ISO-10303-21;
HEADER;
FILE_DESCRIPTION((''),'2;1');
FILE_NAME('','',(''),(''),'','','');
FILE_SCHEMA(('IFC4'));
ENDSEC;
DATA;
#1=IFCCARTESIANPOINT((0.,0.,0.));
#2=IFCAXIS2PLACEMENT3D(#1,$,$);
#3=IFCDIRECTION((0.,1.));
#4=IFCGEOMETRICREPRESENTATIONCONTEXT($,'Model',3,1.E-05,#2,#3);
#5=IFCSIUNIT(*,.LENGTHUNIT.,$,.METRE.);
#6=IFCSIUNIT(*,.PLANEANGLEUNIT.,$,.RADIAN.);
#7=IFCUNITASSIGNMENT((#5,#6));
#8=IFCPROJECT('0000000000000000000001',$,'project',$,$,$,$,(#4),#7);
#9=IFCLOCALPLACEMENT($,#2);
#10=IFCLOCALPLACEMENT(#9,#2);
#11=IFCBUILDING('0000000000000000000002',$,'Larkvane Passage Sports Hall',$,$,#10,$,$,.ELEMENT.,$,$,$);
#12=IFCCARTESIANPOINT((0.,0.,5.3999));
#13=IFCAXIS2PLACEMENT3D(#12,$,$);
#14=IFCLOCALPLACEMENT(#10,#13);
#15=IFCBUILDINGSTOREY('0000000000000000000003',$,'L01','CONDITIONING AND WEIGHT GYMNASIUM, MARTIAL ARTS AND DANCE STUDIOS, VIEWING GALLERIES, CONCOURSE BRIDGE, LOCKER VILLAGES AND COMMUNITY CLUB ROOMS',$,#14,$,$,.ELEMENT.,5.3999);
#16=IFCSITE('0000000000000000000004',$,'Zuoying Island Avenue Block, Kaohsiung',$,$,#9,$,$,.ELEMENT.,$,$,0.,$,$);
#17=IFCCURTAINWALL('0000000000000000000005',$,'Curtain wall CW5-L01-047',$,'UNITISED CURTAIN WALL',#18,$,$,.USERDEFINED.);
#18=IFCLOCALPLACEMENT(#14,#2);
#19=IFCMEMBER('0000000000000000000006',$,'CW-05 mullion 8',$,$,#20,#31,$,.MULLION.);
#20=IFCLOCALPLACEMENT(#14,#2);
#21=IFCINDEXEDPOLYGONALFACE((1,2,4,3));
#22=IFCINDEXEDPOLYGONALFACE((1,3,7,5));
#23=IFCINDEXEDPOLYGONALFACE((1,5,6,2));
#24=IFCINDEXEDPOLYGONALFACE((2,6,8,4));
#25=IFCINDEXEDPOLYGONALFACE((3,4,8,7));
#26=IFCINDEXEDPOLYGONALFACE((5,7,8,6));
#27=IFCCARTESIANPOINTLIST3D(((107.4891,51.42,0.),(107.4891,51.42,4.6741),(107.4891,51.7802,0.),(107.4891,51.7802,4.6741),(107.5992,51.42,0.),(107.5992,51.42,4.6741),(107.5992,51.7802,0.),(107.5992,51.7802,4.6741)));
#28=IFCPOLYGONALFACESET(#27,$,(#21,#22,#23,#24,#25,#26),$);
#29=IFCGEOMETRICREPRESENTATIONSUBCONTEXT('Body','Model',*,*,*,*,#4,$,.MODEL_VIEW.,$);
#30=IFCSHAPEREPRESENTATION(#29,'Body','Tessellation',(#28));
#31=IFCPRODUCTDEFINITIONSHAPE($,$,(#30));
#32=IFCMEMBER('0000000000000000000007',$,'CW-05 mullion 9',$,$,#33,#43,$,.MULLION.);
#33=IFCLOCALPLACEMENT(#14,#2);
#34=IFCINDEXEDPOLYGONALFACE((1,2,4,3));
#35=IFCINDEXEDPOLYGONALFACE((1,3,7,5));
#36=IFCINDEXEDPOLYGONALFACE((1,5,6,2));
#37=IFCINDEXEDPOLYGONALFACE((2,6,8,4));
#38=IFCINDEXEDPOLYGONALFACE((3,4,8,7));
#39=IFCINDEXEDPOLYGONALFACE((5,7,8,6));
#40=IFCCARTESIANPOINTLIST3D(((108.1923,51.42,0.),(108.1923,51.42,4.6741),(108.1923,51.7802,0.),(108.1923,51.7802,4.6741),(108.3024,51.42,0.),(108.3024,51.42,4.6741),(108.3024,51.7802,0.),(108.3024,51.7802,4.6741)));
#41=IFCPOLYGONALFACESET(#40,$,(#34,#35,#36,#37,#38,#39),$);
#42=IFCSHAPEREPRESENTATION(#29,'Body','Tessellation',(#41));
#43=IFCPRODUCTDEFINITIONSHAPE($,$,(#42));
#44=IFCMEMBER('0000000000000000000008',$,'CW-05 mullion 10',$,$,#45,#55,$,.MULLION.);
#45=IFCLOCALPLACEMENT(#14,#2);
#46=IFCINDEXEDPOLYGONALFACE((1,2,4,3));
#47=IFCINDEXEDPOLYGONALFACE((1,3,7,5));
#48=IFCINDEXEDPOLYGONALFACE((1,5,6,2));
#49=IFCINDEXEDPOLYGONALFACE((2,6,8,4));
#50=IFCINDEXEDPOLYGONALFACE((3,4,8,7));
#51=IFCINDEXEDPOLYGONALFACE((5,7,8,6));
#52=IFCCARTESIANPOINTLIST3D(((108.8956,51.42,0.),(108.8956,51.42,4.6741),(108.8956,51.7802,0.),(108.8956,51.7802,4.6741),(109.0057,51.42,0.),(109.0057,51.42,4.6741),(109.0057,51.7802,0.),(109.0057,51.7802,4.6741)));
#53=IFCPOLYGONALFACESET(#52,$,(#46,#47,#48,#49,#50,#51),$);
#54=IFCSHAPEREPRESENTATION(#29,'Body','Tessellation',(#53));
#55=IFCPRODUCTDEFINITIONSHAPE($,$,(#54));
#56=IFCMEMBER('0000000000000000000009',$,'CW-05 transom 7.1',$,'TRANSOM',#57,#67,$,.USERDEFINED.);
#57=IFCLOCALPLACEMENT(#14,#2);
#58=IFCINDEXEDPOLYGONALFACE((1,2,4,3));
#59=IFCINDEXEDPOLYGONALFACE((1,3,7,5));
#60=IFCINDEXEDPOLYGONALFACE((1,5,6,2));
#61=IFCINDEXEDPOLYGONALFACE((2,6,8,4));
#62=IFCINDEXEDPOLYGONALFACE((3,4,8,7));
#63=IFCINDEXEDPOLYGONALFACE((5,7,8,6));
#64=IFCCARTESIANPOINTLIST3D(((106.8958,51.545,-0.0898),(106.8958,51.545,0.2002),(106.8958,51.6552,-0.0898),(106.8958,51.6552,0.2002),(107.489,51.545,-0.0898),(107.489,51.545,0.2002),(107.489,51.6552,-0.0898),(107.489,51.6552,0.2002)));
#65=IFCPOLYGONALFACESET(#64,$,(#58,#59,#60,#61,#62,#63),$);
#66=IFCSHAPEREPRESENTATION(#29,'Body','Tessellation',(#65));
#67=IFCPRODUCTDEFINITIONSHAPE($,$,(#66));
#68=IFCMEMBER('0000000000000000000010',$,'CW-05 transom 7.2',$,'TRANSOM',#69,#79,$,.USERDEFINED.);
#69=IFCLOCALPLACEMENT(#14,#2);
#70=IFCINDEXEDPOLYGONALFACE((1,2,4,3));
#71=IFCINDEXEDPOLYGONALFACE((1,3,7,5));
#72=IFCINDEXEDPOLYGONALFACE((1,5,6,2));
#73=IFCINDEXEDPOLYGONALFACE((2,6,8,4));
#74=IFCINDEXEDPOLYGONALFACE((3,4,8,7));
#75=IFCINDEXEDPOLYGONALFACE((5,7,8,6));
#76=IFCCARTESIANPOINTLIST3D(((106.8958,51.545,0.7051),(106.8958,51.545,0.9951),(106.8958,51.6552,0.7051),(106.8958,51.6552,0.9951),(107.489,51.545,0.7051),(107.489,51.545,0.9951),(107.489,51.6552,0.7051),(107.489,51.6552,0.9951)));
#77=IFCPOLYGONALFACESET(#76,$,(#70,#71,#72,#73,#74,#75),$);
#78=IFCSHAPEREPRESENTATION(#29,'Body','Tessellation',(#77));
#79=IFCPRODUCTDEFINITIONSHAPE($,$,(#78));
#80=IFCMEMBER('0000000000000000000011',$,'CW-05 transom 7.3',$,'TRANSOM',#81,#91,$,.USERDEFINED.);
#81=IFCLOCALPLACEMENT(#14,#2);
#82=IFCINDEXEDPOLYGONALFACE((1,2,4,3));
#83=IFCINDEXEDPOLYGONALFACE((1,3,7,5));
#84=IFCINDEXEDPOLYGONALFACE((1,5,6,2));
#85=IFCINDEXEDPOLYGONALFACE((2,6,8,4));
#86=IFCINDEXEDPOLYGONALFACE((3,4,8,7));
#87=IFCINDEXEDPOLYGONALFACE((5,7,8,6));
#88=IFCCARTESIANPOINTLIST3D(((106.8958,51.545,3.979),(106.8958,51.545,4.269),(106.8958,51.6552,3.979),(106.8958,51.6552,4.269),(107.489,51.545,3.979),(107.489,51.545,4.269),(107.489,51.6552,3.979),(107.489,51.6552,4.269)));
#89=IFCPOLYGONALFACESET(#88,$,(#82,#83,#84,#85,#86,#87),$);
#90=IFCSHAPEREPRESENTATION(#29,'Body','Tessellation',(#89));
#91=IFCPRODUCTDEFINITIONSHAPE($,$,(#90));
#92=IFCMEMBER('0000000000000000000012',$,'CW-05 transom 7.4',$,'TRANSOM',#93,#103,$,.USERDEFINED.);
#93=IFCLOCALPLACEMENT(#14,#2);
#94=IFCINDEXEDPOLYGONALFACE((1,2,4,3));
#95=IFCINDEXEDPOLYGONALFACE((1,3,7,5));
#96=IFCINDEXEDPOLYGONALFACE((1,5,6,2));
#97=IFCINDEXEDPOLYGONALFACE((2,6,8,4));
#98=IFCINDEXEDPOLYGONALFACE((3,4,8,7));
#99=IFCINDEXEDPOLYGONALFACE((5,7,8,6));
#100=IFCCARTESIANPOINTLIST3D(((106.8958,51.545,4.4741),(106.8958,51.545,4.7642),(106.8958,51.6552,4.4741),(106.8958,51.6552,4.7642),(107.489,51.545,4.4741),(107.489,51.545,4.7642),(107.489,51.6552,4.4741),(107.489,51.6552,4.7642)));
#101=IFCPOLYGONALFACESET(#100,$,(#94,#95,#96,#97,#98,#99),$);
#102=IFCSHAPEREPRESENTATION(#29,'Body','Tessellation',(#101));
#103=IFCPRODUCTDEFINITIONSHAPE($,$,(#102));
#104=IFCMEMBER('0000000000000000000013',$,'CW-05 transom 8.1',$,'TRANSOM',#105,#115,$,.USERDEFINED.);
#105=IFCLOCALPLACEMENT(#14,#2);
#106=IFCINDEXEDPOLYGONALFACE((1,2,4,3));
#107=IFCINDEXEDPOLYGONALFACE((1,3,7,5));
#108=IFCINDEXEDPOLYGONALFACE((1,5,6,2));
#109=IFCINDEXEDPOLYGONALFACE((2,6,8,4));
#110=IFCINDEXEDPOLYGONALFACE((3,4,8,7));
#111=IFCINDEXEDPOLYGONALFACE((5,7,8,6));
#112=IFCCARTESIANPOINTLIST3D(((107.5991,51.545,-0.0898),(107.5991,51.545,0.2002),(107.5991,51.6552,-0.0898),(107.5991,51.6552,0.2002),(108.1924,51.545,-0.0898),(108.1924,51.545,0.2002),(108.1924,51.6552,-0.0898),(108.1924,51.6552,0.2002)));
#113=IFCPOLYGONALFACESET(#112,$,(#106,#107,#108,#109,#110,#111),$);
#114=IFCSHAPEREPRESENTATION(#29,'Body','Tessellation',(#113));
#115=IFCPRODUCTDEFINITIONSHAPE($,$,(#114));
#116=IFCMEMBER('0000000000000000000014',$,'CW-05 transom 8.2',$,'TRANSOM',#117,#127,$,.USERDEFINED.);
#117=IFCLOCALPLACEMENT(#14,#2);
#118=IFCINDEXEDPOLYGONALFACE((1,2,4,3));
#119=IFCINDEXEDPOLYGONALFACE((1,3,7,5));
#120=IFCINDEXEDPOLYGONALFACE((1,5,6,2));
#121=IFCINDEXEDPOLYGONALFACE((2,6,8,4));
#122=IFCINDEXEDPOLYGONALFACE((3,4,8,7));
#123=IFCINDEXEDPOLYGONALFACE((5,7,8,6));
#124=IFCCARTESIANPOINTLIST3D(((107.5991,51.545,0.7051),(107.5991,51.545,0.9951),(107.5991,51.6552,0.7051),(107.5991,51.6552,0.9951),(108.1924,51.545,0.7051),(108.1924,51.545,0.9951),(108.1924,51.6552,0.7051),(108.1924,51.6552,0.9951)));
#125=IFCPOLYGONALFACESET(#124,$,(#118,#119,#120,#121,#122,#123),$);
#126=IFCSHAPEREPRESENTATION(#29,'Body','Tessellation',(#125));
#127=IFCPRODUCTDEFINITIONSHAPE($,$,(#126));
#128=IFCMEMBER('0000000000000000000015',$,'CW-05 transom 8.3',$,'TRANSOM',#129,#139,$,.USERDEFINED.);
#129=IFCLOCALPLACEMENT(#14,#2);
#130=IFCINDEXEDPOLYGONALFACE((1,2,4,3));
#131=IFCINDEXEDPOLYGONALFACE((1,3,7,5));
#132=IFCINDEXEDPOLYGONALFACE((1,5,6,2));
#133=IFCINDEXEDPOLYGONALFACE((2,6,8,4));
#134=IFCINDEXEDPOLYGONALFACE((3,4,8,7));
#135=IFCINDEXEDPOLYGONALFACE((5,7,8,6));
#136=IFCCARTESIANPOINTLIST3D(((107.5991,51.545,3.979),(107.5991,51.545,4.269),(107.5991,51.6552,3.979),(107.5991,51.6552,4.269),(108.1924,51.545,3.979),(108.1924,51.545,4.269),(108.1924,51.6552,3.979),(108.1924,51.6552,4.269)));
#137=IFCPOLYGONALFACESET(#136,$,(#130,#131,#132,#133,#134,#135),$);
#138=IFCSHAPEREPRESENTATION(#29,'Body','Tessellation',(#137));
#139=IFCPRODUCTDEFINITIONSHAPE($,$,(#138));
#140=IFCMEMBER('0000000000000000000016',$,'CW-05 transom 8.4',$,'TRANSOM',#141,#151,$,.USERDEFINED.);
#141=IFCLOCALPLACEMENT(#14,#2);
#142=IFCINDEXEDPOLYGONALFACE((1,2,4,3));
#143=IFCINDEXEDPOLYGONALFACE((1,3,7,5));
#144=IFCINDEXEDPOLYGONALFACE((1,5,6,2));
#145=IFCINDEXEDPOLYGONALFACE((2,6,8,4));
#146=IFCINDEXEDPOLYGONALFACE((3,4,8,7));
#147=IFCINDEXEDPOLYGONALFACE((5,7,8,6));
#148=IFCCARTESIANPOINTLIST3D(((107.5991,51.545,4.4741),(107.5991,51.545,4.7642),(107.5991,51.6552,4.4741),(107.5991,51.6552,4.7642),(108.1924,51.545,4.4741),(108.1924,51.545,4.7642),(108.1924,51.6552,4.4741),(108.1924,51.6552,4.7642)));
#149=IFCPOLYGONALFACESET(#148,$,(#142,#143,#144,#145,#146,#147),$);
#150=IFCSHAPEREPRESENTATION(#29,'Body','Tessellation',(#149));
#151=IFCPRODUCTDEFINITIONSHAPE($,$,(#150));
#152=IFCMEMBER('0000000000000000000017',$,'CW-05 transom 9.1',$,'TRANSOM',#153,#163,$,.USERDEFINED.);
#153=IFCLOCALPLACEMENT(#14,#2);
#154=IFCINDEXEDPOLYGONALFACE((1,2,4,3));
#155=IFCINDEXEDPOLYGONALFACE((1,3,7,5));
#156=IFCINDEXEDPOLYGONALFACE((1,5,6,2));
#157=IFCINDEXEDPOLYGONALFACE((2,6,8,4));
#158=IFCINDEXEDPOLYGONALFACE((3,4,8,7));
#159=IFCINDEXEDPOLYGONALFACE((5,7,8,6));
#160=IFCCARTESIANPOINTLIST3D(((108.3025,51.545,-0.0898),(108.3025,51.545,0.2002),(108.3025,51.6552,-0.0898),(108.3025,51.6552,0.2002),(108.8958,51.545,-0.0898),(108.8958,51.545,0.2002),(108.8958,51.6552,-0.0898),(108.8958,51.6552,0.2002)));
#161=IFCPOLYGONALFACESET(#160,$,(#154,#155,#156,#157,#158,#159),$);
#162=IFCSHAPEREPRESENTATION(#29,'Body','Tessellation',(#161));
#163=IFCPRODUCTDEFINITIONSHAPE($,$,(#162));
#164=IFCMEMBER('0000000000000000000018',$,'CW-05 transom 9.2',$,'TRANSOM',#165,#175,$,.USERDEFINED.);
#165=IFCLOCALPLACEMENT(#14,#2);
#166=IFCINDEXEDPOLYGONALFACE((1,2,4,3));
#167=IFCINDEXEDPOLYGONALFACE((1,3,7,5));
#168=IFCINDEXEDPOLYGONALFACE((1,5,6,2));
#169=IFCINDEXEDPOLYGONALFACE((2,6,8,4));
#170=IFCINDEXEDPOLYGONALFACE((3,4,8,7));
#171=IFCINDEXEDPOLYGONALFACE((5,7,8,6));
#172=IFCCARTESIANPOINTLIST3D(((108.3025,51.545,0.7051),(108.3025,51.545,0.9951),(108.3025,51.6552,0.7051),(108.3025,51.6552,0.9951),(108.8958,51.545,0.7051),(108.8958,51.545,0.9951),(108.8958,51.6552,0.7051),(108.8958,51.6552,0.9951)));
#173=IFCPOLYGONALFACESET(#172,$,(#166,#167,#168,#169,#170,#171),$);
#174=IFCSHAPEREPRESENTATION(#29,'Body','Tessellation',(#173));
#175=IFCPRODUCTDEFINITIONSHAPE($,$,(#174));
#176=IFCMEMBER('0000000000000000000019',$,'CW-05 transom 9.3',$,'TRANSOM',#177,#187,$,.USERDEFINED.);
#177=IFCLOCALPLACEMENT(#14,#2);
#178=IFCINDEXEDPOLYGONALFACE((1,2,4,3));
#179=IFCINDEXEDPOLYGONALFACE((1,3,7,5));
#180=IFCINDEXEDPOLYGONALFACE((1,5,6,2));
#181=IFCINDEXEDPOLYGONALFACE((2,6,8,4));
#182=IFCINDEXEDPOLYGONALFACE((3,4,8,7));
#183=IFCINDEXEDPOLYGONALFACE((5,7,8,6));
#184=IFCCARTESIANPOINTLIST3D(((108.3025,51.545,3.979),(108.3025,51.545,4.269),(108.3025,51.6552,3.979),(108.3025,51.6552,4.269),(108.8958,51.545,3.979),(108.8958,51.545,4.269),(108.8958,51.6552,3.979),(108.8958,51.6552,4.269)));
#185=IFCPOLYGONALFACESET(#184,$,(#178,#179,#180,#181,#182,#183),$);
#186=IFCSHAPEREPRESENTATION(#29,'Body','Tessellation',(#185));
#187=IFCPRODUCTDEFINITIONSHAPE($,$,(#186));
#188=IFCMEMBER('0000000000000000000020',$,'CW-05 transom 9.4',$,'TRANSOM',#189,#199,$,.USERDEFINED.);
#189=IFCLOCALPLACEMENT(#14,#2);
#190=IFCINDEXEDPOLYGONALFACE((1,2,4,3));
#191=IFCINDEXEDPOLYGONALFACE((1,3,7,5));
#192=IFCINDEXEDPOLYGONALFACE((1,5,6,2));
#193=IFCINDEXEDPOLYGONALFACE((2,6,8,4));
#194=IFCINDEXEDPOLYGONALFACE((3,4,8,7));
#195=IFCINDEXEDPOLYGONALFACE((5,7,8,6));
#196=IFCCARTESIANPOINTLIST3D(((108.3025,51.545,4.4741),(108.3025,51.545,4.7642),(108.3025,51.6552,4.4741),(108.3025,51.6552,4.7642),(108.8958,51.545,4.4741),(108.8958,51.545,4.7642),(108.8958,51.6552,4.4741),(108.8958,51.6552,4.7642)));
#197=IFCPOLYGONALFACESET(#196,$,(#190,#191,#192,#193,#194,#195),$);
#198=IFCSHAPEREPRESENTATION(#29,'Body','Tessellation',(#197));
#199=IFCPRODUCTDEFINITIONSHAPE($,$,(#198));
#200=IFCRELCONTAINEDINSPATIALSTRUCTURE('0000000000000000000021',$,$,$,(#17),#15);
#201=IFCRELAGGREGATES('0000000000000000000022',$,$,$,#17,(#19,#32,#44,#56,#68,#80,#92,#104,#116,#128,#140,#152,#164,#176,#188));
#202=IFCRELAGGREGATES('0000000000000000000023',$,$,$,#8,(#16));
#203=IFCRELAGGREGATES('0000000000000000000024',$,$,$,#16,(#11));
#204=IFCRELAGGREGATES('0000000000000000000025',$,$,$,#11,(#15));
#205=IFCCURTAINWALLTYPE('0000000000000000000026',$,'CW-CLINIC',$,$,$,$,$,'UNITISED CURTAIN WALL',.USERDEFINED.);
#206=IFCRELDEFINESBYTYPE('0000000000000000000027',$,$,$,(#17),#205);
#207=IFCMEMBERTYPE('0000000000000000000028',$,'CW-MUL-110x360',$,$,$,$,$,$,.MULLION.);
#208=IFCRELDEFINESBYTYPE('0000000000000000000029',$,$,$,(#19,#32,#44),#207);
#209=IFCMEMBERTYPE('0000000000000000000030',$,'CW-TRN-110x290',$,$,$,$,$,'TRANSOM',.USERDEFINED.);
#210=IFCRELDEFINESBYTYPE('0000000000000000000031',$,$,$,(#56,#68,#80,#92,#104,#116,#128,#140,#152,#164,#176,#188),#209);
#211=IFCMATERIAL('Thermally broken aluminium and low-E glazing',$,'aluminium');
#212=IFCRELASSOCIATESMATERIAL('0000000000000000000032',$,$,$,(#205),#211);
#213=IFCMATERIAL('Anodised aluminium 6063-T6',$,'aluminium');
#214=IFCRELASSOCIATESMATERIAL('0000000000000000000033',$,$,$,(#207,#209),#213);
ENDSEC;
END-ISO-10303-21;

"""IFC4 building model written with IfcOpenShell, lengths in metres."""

from ifc_helpers import new_model, si_unit, direction, frame, origin, origin_2d, place, context, subcontext, project, spatial, rectangle, extrude, material, material_profile, profile_set, type_object, element, aggregate, save


model = new_model("IFC4")

# Units and contexts
model_context = context("Model", 3, precision=1e-05, world=origin(), true_north=direction((0.0, 1.0)))
body_context = subcontext(model_context, "Body", "Model", "MODEL_VIEW")
ifc_project = project(units=[si_unit("LENGTHUNIT", "METRE"), si_unit("PLANEANGLEUNIT", "RADIAN")], contexts=[model_context])

# Site, building, storey
site_placement = place(None, origin())
site = spatial("IfcSite", under=ifc_project, at=site_placement, Name="Zuoying Island Avenue Block, Kaohsiung", CompositionType="ELEMENT", RefElevation=0.0)
building_placement = place(site_placement, origin())
building = spatial("IfcBuilding", under=site, at=building_placement, Name="Larkvane Passage Sports Hall", CompositionType="ELEMENT")
storey_placement = place(building_placement, frame((0.0, 0.0, 5.3999)))
storey = spatial("IfcBuildingStorey", under=building, at=storey_placement, Name="L01", Description="CONDITIONING AND WEIGHT GYMNASIUM, MARTIAL ARTS AND DANCE STUDIOS, VIEWING GALLERIES, CONCOURSE BRIDGE, LOCKER VILLAGES AND COMMUNITY CLUB ROOMS", CompositionType="ELEMENT", Elevation=5.3999)

# Curtain wall, members
ifc_material_1 = material(Name="Thermally broken aluminium and low-E glazing", Category="aluminium")
curtain_wall_type = type_object("IfcCurtainWallType", Name="CW-CLINIC", ElementType="UNITISED CURTAIN WALL", PredefinedType="USERDEFINED", material=ifc_material_1)
curtain_wall_placement = place(storey_placement, origin())
curtain_wall = element("IfcCurtainWall", 1, at=curtain_wall_placement, inside=storey, type_object=curtain_wall_type, Name="Curtain wall CW5-L01-047", ObjectType="UNITISED CURTAIN WALL", PredefinedType="USERDEFINED")
ifc_material_2 = material(Name="Anodised aluminium 6063-T6", Category="aluminium")
ifc_material_profile_1 = material_profile(ifc_material_2, rectangle(XDim=0.1101, YDim=0.3601, at=origin_2d()), Name="ALU-MUL-110x360")
ifc_profile_set_1 = profile_set([ifc_material_profile_1], Name="Anodised aluminium 6063-T6")
member_type_1 = type_object("IfcMemberType", Name="CW-MUL-110x360", PredefinedType="MULLION", material=ifc_profile_set_1)
member_1_placement = place(storey_placement, frame((107.5442, 51.6001, 0.0), z_axis=(0.0, 0.0, 1.0), x_axis=(1.0, 0.0, 0.0)))
member_1 = element("IfcMember", 2, at=member_1_placement, type_object=member_type_1, Name="CW-05 mullion 8", PredefinedType="MULLION", context=body_context, shape_type="SweptSolid", body=[
    extrude(rectangle(XDim=0.1101, YDim=0.3601, at=origin_2d()), origin(), (0.0, 0.0, 1.0), 4.6741),
])
member_2_placement = place(storey_placement, frame((108.2473, 51.6001, 0.0), z_axis=(0.0, 0.0, 1.0), x_axis=(1.0, 0.0, 0.0)))
member_2 = element("IfcMember", 3, at=member_2_placement, type_object=member_type_1, Name="CW-05 mullion 9", PredefinedType="MULLION", context=body_context, shape_type="SweptSolid", body=[
    extrude(rectangle(XDim=0.1101, YDim=0.3601, at=origin_2d()), origin(), (0.0, 0.0, 1.0), 4.6741),
])
member_3_placement = place(storey_placement, frame((108.9507, 51.6001, 0.0), z_axis=(0.0, 0.0, 1.0), x_axis=(1.0, 0.0, 0.0)))
member_3 = element("IfcMember", 4, at=member_3_placement, type_object=member_type_1, Name="CW-05 mullion 10", PredefinedType="MULLION", context=body_context, shape_type="SweptSolid", body=[
    extrude(rectangle(XDim=0.1101, YDim=0.3601, at=origin_2d()), origin(), (0.0, 0.0, 1.0), 4.6741),
])
ifc_material_profile_2 = material_profile(ifc_material_2, rectangle(XDim=0.1101, YDim=0.29, at=origin_2d()), Name="ALU-TRN-110x290")
ifc_profile_set_2 = profile_set([ifc_material_profile_2], Name="Anodised aluminium 6063-T6")
member_type_2 = type_object("IfcMemberType", Name="CW-TRN-110x290", ElementType="TRANSOM", PredefinedType="USERDEFINED", material=ifc_profile_set_2)
member_4_placement = place(storey_placement, frame((106.8958, 51.6001, 0.0552), z_axis=(1.0, 0.0, 0.0), x_axis=(0.0, 1.0, 0.0)))
member_4 = element("IfcMember", 5, at=member_4_placement, type_object=member_type_2, Name="CW-05 transom 7.1", ObjectType="TRANSOM", PredefinedType="USERDEFINED", context=body_context, shape_type="SweptSolid", body=[
    extrude(rectangle(XDim=0.1101, YDim=0.29, at=origin_2d()), origin(), (0.0, 0.0, 1.0), 0.5933),
])
member_5_placement = place(storey_placement, frame((106.8958, 51.6001, 0.8501), z_axis=(1.0, 0.0, 0.0), x_axis=(0.0, 1.0, 0.0)))
member_5 = element("IfcMember", 6, at=member_5_placement, type_object=member_type_2, Name="CW-05 transom 7.2", ObjectType="TRANSOM", PredefinedType="USERDEFINED", context=body_context, shape_type="SweptSolid", body=[
    extrude(rectangle(XDim=0.1101, YDim=0.29, at=origin_2d()), origin(), (0.0, 0.0, 1.0), 0.5933),
])
member_6_placement = place(storey_placement, frame((106.8958, 51.6001, 4.124), z_axis=(1.0, 0.0, 0.0), x_axis=(0.0, 1.0, 0.0)))
member_6 = element("IfcMember", 7, at=member_6_placement, type_object=member_type_2, Name="CW-05 transom 7.3", ObjectType="TRANSOM", PredefinedType="USERDEFINED", context=body_context, shape_type="SweptSolid", body=[
    extrude(rectangle(XDim=0.1101, YDim=0.29, at=origin_2d()), origin(), (0.0, 0.0, 1.0), 0.5933),
])
member_7_placement = place(storey_placement, frame((106.8958, 51.6001, 4.6191), z_axis=(1.0, 0.0, 0.0), x_axis=(0.0, 1.0, 0.0)))
member_7 = element("IfcMember", 8, at=member_7_placement, type_object=member_type_2, Name="CW-05 transom 7.4", ObjectType="TRANSOM", PredefinedType="USERDEFINED", context=body_context, shape_type="SweptSolid", body=[
    extrude(rectangle(XDim=0.1101, YDim=0.29, at=origin_2d()), origin(), (0.0, 0.0, 1.0), 0.5933),
])
member_8_placement = place(storey_placement, frame((107.5991, 51.6001, 0.0552), z_axis=(1.0, 0.0, 0.0), x_axis=(0.0, 1.0, 0.0)))
member_8 = element("IfcMember", 9, at=member_8_placement, type_object=member_type_2, Name="CW-05 transom 8.1", ObjectType="TRANSOM", PredefinedType="USERDEFINED", context=body_context, shape_type="SweptSolid", body=[
    extrude(rectangle(XDim=0.1101, YDim=0.29, at=origin_2d()), origin(), (0.0, 0.0, 1.0), 0.5933),
])
member_9_placement = place(storey_placement, frame((107.5991, 51.6001, 0.8501), z_axis=(1.0, 0.0, 0.0), x_axis=(0.0, 1.0, 0.0)))
member_9 = element("IfcMember", 10, at=member_9_placement, type_object=member_type_2, Name="CW-05 transom 8.2", ObjectType="TRANSOM", PredefinedType="USERDEFINED", context=body_context, shape_type="SweptSolid", body=[
    extrude(rectangle(XDim=0.1101, YDim=0.29, at=origin_2d()), origin(), (0.0, 0.0, 1.0), 0.5933),
])
member_10_placement = place(storey_placement, frame((107.5991, 51.6001, 4.124), z_axis=(1.0, 0.0, 0.0), x_axis=(0.0, 1.0, 0.0)))
member_10 = element("IfcMember", 11, at=member_10_placement, type_object=member_type_2, Name="CW-05 transom 8.3", ObjectType="TRANSOM", PredefinedType="USERDEFINED", context=body_context, shape_type="SweptSolid", body=[
    extrude(rectangle(XDim=0.1101, YDim=0.29, at=origin_2d()), origin(), (0.0, 0.0, 1.0), 0.5933),
])
member_11_placement = place(storey_placement, frame((107.5991, 51.6001, 4.6191), z_axis=(1.0, 0.0, 0.0), x_axis=(0.0, 1.0, 0.0)))
member_11 = element("IfcMember", 12, at=member_11_placement, type_object=member_type_2, Name="CW-05 transom 8.4", ObjectType="TRANSOM", PredefinedType="USERDEFINED", context=body_context, shape_type="SweptSolid", body=[
    extrude(rectangle(XDim=0.1101, YDim=0.29, at=origin_2d()), origin(), (0.0, 0.0, 1.0), 0.5933),
])
member_12_placement = place(storey_placement, frame((108.3025, 51.6001, 0.0552), z_axis=(1.0, 0.0, 0.0), x_axis=(0.0, 1.0, 0.0)))
member_12 = element("IfcMember", 13, at=member_12_placement, type_object=member_type_2, Name="CW-05 transom 9.1", ObjectType="TRANSOM", PredefinedType="USERDEFINED", context=body_context, shape_type="SweptSolid", body=[
    extrude(rectangle(XDim=0.1101, YDim=0.29, at=origin_2d()), origin(), (0.0, 0.0, 1.0), 0.5933),
])
member_13_placement = place(storey_placement, frame((108.3025, 51.6001, 0.8501), z_axis=(1.0, 0.0, 0.0), x_axis=(0.0, 1.0, 0.0)))
member_13 = element("IfcMember", 14, at=member_13_placement, type_object=member_type_2, Name="CW-05 transom 9.2", ObjectType="TRANSOM", PredefinedType="USERDEFINED", context=body_context, shape_type="SweptSolid", body=[
    extrude(rectangle(XDim=0.1101, YDim=0.29, at=origin_2d()), origin(), (0.0, 0.0, 1.0), 0.5933),
])
member_14_placement = place(storey_placement, frame((108.3025, 51.6001, 4.124), z_axis=(1.0, 0.0, 0.0), x_axis=(0.0, 1.0, 0.0)))
member_14 = element("IfcMember", 15, at=member_14_placement, type_object=member_type_2, Name="CW-05 transom 9.3", ObjectType="TRANSOM", PredefinedType="USERDEFINED", context=body_context, shape_type="SweptSolid", body=[
    extrude(rectangle(XDim=0.1101, YDim=0.29, at=origin_2d()), origin(), (0.0, 0.0, 1.0), 0.5933),
])
member_15_placement = place(storey_placement, frame((108.3025, 51.6001, 4.6191), z_axis=(1.0, 0.0, 0.0), x_axis=(0.0, 1.0, 0.0)))
member_15 = element("IfcMember", 16, at=member_15_placement, type_object=member_type_2, Name="CW-05 transom 9.4", ObjectType="TRANSOM", PredefinedType="USERDEFINED", context=body_context, shape_type="SweptSolid", body=[
    extrude(rectangle(XDim=0.1101, YDim=0.29, at=origin_2d()), origin(), (0.0, 0.0, 1.0), 0.5933),
])
aggregate(curtain_wall, [member_1, member_2, member_3, member_4, member_5, member_6, member_7, member_8, member_9, member_10, member_11, member_12, member_13, member_14, member_15])

save(model, "model.ifc")
